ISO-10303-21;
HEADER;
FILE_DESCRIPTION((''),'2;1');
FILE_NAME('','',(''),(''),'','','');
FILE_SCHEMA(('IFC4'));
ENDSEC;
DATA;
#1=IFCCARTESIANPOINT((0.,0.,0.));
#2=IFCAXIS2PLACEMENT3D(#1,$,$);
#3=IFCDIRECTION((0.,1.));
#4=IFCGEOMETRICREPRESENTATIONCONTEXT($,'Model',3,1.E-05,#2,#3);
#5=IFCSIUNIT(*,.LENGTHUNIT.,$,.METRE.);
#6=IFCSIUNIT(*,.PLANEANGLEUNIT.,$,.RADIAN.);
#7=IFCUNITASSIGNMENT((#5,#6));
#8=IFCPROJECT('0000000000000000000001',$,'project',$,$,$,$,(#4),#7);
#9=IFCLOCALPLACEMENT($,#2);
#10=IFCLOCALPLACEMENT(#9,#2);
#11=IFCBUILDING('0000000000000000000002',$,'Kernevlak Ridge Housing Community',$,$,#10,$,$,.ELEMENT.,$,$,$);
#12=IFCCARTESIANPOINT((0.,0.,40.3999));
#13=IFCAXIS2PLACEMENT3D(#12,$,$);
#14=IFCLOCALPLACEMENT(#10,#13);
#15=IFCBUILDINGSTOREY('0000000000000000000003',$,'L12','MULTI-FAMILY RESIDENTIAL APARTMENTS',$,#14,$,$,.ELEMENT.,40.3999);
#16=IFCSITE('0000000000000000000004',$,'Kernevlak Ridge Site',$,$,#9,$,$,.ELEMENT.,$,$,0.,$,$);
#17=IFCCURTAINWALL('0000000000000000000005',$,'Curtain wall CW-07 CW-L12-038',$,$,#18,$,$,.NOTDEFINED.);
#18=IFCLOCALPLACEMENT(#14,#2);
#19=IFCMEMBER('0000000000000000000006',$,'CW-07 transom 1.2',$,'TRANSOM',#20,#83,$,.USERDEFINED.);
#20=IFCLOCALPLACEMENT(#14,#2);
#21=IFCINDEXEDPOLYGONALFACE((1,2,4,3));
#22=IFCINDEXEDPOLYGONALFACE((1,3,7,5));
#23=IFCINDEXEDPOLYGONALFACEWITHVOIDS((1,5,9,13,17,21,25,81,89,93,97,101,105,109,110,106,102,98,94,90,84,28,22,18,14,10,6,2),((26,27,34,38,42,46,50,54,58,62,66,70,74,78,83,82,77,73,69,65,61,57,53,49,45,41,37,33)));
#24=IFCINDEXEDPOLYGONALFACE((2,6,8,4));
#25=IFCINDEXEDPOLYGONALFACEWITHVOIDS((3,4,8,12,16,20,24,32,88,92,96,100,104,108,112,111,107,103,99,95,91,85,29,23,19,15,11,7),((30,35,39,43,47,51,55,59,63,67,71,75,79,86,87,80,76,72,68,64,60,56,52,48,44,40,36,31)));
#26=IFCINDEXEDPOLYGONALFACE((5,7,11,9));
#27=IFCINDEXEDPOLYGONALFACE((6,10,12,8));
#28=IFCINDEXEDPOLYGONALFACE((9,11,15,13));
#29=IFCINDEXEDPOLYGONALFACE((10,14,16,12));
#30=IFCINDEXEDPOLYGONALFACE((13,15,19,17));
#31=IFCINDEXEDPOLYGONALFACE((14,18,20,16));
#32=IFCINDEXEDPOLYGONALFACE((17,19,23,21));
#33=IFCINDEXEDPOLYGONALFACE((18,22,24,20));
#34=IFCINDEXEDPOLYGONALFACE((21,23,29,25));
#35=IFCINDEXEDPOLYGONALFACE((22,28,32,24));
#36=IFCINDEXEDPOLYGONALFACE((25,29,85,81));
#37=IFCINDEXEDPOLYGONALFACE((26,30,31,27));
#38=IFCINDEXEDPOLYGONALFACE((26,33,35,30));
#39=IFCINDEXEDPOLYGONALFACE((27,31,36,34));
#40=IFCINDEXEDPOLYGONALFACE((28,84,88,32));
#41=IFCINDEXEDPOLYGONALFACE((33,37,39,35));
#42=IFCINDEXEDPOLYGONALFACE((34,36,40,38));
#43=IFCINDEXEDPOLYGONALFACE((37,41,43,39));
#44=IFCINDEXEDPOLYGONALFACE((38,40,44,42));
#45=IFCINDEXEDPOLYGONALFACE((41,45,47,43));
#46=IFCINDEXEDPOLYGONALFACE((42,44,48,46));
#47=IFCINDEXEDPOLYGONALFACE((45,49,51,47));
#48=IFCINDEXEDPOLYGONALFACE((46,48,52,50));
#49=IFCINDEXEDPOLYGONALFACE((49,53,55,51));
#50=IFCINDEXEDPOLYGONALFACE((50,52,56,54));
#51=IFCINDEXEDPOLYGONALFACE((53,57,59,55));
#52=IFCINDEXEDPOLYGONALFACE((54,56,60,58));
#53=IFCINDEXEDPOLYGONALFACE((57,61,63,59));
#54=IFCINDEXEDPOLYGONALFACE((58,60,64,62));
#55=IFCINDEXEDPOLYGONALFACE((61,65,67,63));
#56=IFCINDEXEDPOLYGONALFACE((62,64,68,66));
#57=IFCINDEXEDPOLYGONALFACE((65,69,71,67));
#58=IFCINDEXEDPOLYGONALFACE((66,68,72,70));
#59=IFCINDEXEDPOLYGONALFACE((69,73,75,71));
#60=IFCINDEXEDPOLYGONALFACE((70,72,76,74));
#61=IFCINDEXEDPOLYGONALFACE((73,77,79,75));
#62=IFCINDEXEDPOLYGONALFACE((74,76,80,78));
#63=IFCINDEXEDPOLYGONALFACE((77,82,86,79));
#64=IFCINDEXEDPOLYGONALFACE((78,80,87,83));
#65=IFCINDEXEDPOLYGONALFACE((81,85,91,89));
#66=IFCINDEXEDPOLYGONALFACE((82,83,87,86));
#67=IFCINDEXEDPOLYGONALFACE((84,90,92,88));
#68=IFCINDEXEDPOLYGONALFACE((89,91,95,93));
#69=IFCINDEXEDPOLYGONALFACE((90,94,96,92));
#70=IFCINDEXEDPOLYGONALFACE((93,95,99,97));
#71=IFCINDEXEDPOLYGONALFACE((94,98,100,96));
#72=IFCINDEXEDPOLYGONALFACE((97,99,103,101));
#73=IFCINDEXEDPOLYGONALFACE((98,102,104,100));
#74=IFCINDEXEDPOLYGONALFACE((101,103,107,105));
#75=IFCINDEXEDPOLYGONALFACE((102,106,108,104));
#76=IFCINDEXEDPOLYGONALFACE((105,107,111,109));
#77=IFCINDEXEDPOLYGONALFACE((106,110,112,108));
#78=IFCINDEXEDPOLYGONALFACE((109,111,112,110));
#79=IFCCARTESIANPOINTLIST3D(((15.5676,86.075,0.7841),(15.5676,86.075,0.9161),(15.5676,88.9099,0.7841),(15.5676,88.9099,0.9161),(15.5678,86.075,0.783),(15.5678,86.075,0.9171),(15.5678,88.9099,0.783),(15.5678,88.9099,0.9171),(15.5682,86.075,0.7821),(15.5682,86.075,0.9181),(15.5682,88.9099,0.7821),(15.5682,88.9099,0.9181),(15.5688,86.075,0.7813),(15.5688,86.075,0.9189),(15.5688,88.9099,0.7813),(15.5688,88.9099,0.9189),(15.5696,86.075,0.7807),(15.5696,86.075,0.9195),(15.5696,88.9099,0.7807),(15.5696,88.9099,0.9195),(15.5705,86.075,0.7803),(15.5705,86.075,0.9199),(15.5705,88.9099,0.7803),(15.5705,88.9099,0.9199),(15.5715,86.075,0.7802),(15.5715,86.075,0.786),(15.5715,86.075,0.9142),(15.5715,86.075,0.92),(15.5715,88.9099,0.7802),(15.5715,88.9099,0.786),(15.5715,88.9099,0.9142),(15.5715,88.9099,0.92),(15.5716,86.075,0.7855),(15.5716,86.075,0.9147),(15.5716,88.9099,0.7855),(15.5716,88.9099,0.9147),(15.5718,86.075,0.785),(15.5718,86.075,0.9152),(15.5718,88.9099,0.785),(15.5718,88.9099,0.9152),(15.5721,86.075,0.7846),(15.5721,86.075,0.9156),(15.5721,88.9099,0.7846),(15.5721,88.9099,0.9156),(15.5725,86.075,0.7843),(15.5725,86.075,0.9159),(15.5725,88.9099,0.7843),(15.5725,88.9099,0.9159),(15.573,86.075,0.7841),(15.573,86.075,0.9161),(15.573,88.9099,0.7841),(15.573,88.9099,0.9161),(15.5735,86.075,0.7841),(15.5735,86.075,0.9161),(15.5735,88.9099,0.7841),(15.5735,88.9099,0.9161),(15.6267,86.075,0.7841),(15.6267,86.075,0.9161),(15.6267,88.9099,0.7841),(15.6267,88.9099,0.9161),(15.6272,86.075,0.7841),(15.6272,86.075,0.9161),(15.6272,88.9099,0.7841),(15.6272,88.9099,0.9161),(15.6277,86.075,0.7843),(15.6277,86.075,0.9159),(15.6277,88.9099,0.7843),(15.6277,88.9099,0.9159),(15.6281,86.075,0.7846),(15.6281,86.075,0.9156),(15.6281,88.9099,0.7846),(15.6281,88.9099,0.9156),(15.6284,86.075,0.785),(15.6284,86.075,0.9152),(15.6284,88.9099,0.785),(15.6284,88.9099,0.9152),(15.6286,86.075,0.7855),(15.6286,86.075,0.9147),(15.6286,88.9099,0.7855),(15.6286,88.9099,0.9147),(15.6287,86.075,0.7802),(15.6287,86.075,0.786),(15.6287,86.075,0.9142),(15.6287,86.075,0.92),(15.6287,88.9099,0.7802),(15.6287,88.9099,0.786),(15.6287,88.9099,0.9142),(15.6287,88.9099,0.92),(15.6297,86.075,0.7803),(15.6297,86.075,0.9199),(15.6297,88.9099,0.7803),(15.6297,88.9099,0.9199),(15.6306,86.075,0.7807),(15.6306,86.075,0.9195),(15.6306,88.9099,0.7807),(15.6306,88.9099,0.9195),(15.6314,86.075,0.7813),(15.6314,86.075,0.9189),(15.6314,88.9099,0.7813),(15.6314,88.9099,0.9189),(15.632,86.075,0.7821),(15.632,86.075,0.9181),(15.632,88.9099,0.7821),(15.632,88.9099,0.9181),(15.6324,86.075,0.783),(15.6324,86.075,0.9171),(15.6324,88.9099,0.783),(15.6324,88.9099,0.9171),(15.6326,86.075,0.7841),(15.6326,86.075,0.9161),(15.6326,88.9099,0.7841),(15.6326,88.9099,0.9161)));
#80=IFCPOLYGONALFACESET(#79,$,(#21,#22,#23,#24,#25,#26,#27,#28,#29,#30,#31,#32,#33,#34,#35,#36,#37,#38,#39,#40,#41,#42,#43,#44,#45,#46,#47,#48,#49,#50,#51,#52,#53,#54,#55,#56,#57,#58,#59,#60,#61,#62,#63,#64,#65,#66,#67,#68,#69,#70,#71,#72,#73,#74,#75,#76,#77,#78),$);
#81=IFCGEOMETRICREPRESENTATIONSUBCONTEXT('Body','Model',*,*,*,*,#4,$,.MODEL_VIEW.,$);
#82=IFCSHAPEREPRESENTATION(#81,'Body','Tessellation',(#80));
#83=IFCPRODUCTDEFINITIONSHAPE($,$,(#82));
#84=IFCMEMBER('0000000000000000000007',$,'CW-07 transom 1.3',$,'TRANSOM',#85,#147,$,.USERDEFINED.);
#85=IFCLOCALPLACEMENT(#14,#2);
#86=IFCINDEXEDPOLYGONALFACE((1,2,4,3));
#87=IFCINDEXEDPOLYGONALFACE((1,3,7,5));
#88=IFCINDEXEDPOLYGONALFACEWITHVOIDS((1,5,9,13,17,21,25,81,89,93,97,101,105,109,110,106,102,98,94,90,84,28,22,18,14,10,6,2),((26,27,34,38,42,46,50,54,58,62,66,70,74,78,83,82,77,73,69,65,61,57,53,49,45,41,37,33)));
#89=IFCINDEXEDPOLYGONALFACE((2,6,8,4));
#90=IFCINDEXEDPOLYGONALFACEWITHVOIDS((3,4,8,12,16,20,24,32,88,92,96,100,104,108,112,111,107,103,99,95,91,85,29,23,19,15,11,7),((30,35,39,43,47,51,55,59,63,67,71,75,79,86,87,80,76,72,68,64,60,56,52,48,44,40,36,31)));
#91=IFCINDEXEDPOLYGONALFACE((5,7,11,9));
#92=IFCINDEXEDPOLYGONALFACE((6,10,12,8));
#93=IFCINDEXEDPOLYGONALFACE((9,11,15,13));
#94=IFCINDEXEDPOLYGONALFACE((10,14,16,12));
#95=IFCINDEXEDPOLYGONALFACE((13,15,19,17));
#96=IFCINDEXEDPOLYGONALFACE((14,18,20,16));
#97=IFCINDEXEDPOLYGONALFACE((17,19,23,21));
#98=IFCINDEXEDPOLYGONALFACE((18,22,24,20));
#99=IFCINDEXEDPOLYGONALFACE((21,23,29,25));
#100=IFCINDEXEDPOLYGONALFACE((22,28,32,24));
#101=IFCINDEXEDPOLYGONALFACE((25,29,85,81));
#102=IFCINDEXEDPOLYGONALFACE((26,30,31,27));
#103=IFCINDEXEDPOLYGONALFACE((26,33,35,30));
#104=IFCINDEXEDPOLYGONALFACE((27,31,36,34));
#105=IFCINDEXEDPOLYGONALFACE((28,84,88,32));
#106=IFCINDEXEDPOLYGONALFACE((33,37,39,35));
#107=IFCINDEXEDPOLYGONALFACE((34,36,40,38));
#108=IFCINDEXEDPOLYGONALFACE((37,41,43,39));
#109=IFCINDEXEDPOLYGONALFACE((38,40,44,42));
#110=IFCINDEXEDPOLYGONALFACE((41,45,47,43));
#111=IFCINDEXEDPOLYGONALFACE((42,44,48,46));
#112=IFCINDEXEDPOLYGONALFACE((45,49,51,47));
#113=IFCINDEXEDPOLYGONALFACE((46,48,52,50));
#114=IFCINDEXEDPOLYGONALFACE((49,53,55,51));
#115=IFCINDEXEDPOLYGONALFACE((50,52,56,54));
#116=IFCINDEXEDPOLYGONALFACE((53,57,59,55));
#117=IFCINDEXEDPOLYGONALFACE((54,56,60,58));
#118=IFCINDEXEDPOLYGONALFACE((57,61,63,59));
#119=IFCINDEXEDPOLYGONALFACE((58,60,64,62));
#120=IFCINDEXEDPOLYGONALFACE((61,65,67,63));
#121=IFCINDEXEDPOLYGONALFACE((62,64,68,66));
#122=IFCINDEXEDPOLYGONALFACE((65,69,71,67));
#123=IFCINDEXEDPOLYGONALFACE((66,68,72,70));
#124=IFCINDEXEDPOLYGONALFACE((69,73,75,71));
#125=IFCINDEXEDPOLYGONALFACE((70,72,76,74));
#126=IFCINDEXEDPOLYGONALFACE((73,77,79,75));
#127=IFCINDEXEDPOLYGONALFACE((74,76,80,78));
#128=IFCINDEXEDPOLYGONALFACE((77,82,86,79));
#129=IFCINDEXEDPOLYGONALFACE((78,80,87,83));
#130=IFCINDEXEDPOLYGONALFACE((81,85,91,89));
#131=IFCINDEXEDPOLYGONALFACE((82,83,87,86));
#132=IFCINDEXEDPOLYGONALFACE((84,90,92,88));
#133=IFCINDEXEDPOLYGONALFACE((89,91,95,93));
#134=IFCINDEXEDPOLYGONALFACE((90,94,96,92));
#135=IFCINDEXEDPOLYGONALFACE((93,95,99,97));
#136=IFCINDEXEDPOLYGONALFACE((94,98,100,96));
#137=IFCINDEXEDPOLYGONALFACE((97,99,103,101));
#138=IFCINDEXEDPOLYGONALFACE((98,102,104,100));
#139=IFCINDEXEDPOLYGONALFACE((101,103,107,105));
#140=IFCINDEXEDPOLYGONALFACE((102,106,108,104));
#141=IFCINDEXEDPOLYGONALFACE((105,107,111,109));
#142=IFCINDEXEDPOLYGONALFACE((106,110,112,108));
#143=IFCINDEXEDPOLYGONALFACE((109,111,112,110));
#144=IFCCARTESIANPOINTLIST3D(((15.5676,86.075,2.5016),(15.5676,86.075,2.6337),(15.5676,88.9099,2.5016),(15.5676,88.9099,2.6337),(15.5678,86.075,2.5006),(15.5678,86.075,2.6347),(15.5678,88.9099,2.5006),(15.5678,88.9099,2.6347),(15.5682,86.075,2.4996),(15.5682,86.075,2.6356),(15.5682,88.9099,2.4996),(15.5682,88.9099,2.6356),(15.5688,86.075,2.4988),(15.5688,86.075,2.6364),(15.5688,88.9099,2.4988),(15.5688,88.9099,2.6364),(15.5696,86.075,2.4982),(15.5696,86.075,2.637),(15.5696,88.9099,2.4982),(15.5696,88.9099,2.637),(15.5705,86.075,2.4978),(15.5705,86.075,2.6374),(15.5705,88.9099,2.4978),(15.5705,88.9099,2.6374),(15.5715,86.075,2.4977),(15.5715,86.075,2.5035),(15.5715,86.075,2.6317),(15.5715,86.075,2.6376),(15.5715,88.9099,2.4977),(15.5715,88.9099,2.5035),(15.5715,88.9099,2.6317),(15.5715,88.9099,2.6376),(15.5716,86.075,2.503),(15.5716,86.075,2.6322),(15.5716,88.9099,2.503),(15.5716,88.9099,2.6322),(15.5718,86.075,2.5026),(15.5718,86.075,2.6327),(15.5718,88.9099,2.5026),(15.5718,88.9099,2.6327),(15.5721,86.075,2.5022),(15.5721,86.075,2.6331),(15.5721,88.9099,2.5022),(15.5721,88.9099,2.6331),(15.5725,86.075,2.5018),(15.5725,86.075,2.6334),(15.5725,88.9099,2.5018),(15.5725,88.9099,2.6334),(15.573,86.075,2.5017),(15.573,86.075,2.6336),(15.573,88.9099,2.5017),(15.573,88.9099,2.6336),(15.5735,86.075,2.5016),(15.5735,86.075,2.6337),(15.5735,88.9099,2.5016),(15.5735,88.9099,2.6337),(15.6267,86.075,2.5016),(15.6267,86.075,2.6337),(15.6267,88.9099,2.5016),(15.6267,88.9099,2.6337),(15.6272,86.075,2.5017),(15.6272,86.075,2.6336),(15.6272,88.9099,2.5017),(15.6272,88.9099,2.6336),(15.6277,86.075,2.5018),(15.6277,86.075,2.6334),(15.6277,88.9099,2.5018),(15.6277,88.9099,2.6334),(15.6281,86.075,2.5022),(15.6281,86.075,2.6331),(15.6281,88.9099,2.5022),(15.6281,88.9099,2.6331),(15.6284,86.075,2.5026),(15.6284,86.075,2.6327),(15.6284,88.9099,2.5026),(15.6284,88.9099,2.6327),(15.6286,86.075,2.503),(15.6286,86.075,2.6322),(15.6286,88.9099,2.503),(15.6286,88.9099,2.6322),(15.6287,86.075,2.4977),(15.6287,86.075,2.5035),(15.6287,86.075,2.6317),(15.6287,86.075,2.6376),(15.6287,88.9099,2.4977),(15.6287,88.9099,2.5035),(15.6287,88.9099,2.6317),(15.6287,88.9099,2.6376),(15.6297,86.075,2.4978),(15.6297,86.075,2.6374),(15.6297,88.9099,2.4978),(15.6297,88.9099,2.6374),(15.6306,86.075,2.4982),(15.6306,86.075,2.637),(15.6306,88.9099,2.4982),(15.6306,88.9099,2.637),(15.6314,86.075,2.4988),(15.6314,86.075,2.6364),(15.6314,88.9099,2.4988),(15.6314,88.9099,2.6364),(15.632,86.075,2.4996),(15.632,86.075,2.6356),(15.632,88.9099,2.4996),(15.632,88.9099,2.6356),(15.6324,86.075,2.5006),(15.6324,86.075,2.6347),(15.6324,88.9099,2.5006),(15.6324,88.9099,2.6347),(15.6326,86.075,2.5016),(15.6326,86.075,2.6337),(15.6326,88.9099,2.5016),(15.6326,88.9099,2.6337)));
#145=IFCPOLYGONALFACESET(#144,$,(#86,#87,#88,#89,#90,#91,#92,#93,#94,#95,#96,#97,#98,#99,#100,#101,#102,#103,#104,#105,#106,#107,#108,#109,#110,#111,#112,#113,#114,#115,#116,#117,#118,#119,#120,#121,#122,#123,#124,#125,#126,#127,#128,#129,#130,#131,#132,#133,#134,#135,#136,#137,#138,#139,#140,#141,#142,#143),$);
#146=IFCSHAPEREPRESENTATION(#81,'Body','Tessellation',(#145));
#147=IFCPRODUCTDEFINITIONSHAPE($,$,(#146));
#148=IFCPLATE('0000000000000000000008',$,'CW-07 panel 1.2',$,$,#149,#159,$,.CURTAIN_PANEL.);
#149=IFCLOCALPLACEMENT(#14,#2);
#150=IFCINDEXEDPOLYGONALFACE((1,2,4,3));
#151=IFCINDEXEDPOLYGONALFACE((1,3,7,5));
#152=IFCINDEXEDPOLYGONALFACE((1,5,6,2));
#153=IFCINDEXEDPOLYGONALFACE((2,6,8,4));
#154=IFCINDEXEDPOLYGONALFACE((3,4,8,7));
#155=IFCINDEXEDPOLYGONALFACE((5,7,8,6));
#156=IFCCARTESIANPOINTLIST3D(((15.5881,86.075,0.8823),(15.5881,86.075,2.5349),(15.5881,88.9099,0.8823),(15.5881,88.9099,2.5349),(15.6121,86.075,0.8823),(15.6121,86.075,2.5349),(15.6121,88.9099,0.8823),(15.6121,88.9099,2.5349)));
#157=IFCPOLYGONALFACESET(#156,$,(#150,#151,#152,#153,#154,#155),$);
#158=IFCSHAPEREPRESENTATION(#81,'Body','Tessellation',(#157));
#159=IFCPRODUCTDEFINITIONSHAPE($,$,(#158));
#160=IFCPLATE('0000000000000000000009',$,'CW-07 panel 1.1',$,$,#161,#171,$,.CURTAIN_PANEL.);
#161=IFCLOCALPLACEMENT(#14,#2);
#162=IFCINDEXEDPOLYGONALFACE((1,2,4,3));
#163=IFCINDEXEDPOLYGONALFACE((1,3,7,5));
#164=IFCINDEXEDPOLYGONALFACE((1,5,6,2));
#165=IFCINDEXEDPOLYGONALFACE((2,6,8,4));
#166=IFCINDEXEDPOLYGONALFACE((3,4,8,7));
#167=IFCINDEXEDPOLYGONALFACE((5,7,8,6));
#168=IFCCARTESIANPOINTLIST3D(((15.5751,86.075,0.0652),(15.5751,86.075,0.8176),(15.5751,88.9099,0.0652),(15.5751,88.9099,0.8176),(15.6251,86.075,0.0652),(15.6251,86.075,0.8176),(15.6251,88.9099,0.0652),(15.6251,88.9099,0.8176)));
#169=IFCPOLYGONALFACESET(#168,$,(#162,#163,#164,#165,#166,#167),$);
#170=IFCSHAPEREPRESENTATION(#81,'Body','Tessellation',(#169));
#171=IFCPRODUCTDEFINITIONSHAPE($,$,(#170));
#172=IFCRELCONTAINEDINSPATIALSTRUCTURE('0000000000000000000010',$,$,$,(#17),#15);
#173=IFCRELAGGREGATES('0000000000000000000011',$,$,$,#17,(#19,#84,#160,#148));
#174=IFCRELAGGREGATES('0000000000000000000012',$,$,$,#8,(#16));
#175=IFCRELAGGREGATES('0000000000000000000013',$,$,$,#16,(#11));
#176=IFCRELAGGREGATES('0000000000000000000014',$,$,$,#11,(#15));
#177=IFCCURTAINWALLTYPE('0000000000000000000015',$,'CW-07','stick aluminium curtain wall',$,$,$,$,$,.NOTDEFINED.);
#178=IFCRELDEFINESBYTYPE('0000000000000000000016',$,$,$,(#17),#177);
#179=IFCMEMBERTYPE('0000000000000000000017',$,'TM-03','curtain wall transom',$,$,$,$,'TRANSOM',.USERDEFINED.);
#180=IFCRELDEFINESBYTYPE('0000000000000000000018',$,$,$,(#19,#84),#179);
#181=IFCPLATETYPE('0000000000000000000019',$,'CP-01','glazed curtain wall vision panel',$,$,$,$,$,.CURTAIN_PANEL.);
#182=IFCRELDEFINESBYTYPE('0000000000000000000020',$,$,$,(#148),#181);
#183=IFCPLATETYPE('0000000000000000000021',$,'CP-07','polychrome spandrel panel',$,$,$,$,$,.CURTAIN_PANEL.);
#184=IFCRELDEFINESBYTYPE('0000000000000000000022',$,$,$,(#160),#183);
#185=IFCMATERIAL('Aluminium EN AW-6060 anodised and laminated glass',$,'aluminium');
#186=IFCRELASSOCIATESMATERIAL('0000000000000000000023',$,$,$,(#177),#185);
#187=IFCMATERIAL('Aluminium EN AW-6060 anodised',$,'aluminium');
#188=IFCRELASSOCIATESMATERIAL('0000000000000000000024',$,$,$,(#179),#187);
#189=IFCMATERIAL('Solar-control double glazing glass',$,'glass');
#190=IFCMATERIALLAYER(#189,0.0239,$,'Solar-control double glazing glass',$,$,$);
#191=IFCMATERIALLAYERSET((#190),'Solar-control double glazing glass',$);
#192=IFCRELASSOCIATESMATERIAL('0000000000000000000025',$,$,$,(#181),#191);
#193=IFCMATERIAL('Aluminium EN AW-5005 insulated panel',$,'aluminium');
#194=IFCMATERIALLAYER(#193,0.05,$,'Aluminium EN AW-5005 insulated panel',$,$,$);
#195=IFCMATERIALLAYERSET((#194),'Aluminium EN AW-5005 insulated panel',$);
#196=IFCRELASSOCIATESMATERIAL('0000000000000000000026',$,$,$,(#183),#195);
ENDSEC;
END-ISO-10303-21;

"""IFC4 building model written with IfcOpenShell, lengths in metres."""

from ifc_helpers import new_model, si_unit, direction, frame, origin, origin_2d, place, context, subcontext, project, spatial, rectangle, hollow_rectangle, extrude, material, layer, layer_set, material_profile, profile_set, type_object, element, aggregate, save


model = new_model("IFC4")

# Units and contexts
model_context = context("Model", 3, precision=1e-05, world=origin(), true_north=direction((0.0, 1.0)))
body_context = subcontext(model_context, "Body", "Model", "MODEL_VIEW")
ifc_project = project(units=[si_unit("LENGTHUNIT", "METRE"), si_unit("PLANEANGLEUNIT", "RADIAN")], contexts=[model_context])

# Site, building, storey
site_placement = place(None, origin())
site = spatial("IfcSite", under=ifc_project, at=site_placement, Name="Kernevlak Ridge Site", CompositionType="ELEMENT", RefElevation=0.0)
building_placement = place(site_placement, origin())
building = spatial("IfcBuilding", under=site, at=building_placement, Name="Kernevlak Ridge Housing Community", CompositionType="ELEMENT")
storey_placement = place(building_placement, frame((0.0, 0.0, 40.3999)))
storey = spatial("IfcBuildingStorey", under=building, at=storey_placement, Name="L12", Description="MULTI-FAMILY RESIDENTIAL APARTMENTS", CompositionType="ELEMENT", Elevation=40.3999)

# Shared definitions
ifc_material_1 = material(Name="Aluminium EN AW-6060 anodised and laminated glass", Category="aluminium")
ifc_material_2 = material(Name="Aluminium EN AW-6060 anodised", Category="aluminium")

# Curtain wall, members, plates
curtain_wall_type_1 = type_object("IfcCurtainWallType", Name="CW-07", Description="stick aluminium curtain wall", PredefinedType="NOTDEFINED", material=ifc_material_1)
curtain_wall_1_placement = place(storey_placement, origin())
curtain_wall_1 = element("IfcCurtainWall", 1, at=curtain_wall_1_placement, inside=storey, type_object=curtain_wall_type_1, Name="Curtain wall CW-07 CW-L12-038", PredefinedType="NOTDEFINED")
ifc_material_profile_1 = material_profile(ifc_material_2, hollow_rectangle(XDim=0.0649, YDim=0.1399, WallThickness=0.0039, InnerFilletRadius=0.002, OuterFilletRadius=0.0039, at=origin_2d()), Name="ALU 65x140x4")
ifc_profile_set_1 = profile_set([ifc_material_profile_1], Name="Aluminium EN AW-6060 anodised")
member_type_1 = type_object("IfcMemberType", Name="TM-03", Description="curtain wall transom", ElementType="TRANSOM", PredefinedType="USERDEFINED", material=ifc_profile_set_1)
member_1_placement = place(storey_placement, frame((15.6001, 86.075, 0.8501), z_axis=(0.0, 1.0, 0.0), x_axis=(-1.0, 0.0, 0.0)))
member_1 = element("IfcMember", 2, at=member_1_placement, type_object=member_type_1, Name="CW-07 transom 1.2", ObjectType="TRANSOM", PredefinedType="USERDEFINED", context=body_context, shape_type="SweptSolid", body=[
    extrude(hollow_rectangle(XDim=0.0649, YDim=0.1399, WallThickness=0.0039, InnerFilletRadius=0.002, OuterFilletRadius=0.0039, at=origin_2d()), origin(), (0.0, 0.0, 1.0), 2.835),
])
member_2_placement = place(storey_placement, frame((15.6001, 86.075, 2.5676), z_axis=(0.0, 1.0, 0.0), x_axis=(-1.0, 0.0, 0.0)))
member_2 = element("IfcMember", 3, at=member_2_placement, type_object=member_type_1, Name="CW-07 transom 1.3", ObjectType="TRANSOM", PredefinedType="USERDEFINED", context=body_context, shape_type="SweptSolid", body=[
    extrude(hollow_rectangle(XDim=0.0649, YDim=0.1399, WallThickness=0.0039, InnerFilletRadius=0.002, OuterFilletRadius=0.0039, at=origin_2d()), origin(), (0.0, 0.0, 1.0), 2.835),
])
ifc_material_3 = material(Name="Solar-control double glazing glass", Category="glass")
ifc_layer_1 = layer(ifc_material_3, 0.0239, Name="Solar-control double glazing glass")
ifc_layer_set_1 = layer_set([ifc_layer_1], Name="Solar-control double glazing glass")
plate_type_1 = type_object("IfcPlateType", Name="CP-01", Description="glazed curtain wall vision panel", PredefinedType="CURTAIN_PANEL", material=ifc_layer_set_1)
plate_1_placement = place(storey_placement, frame((15.6001, 87.4924, 0.8823), z_axis=(0.0, 0.0, 1.0), x_axis=(0.0, 1.0, 0.0)))
plate_1 = element("IfcPlate", 4, at=plate_1_placement, type_object=plate_type_1, Name="CW-07 panel 1.2", PredefinedType="CURTAIN_PANEL", context=body_context, shape_type="SweptSolid", body=[
    extrude(rectangle(XDim=2.835, YDim=0.0239, at=origin_2d()), origin(), (0.0, 0.0, 1.0), 1.6526),
])
ifc_material_4 = material(Name="Aluminium EN AW-5005 insulated panel", Category="aluminium")
ifc_layer_2 = layer(ifc_material_4, 0.05, Name="Aluminium EN AW-5005 insulated panel")
ifc_layer_set_2 = layer_set([ifc_layer_2], Name="Aluminium EN AW-5005 insulated panel")
plate_type_2 = type_object("IfcPlateType", Name="CP-07", Description="polychrome spandrel panel", PredefinedType="CURTAIN_PANEL", material=ifc_layer_set_2)
plate_2_placement = place(storey_placement, frame((15.6001, 87.4924, 0.0652), z_axis=(0.0, 0.0, 1.0), x_axis=(0.0, 1.0, 0.0)))
plate_2 = element("IfcPlate", 5, at=plate_2_placement, type_object=plate_type_2, Name="CW-07 panel 1.1", PredefinedType="CURTAIN_PANEL", context=body_context, shape_type="SweptSolid", body=[
    extrude(rectangle(XDim=2.835, YDim=0.05, at=origin_2d()), origin(), (0.0, 0.0, 1.0), 0.7524),
])
aggregate(curtain_wall_1, [member_1, member_2, plate_2, plate_1])

save(model, "model.ifc")
